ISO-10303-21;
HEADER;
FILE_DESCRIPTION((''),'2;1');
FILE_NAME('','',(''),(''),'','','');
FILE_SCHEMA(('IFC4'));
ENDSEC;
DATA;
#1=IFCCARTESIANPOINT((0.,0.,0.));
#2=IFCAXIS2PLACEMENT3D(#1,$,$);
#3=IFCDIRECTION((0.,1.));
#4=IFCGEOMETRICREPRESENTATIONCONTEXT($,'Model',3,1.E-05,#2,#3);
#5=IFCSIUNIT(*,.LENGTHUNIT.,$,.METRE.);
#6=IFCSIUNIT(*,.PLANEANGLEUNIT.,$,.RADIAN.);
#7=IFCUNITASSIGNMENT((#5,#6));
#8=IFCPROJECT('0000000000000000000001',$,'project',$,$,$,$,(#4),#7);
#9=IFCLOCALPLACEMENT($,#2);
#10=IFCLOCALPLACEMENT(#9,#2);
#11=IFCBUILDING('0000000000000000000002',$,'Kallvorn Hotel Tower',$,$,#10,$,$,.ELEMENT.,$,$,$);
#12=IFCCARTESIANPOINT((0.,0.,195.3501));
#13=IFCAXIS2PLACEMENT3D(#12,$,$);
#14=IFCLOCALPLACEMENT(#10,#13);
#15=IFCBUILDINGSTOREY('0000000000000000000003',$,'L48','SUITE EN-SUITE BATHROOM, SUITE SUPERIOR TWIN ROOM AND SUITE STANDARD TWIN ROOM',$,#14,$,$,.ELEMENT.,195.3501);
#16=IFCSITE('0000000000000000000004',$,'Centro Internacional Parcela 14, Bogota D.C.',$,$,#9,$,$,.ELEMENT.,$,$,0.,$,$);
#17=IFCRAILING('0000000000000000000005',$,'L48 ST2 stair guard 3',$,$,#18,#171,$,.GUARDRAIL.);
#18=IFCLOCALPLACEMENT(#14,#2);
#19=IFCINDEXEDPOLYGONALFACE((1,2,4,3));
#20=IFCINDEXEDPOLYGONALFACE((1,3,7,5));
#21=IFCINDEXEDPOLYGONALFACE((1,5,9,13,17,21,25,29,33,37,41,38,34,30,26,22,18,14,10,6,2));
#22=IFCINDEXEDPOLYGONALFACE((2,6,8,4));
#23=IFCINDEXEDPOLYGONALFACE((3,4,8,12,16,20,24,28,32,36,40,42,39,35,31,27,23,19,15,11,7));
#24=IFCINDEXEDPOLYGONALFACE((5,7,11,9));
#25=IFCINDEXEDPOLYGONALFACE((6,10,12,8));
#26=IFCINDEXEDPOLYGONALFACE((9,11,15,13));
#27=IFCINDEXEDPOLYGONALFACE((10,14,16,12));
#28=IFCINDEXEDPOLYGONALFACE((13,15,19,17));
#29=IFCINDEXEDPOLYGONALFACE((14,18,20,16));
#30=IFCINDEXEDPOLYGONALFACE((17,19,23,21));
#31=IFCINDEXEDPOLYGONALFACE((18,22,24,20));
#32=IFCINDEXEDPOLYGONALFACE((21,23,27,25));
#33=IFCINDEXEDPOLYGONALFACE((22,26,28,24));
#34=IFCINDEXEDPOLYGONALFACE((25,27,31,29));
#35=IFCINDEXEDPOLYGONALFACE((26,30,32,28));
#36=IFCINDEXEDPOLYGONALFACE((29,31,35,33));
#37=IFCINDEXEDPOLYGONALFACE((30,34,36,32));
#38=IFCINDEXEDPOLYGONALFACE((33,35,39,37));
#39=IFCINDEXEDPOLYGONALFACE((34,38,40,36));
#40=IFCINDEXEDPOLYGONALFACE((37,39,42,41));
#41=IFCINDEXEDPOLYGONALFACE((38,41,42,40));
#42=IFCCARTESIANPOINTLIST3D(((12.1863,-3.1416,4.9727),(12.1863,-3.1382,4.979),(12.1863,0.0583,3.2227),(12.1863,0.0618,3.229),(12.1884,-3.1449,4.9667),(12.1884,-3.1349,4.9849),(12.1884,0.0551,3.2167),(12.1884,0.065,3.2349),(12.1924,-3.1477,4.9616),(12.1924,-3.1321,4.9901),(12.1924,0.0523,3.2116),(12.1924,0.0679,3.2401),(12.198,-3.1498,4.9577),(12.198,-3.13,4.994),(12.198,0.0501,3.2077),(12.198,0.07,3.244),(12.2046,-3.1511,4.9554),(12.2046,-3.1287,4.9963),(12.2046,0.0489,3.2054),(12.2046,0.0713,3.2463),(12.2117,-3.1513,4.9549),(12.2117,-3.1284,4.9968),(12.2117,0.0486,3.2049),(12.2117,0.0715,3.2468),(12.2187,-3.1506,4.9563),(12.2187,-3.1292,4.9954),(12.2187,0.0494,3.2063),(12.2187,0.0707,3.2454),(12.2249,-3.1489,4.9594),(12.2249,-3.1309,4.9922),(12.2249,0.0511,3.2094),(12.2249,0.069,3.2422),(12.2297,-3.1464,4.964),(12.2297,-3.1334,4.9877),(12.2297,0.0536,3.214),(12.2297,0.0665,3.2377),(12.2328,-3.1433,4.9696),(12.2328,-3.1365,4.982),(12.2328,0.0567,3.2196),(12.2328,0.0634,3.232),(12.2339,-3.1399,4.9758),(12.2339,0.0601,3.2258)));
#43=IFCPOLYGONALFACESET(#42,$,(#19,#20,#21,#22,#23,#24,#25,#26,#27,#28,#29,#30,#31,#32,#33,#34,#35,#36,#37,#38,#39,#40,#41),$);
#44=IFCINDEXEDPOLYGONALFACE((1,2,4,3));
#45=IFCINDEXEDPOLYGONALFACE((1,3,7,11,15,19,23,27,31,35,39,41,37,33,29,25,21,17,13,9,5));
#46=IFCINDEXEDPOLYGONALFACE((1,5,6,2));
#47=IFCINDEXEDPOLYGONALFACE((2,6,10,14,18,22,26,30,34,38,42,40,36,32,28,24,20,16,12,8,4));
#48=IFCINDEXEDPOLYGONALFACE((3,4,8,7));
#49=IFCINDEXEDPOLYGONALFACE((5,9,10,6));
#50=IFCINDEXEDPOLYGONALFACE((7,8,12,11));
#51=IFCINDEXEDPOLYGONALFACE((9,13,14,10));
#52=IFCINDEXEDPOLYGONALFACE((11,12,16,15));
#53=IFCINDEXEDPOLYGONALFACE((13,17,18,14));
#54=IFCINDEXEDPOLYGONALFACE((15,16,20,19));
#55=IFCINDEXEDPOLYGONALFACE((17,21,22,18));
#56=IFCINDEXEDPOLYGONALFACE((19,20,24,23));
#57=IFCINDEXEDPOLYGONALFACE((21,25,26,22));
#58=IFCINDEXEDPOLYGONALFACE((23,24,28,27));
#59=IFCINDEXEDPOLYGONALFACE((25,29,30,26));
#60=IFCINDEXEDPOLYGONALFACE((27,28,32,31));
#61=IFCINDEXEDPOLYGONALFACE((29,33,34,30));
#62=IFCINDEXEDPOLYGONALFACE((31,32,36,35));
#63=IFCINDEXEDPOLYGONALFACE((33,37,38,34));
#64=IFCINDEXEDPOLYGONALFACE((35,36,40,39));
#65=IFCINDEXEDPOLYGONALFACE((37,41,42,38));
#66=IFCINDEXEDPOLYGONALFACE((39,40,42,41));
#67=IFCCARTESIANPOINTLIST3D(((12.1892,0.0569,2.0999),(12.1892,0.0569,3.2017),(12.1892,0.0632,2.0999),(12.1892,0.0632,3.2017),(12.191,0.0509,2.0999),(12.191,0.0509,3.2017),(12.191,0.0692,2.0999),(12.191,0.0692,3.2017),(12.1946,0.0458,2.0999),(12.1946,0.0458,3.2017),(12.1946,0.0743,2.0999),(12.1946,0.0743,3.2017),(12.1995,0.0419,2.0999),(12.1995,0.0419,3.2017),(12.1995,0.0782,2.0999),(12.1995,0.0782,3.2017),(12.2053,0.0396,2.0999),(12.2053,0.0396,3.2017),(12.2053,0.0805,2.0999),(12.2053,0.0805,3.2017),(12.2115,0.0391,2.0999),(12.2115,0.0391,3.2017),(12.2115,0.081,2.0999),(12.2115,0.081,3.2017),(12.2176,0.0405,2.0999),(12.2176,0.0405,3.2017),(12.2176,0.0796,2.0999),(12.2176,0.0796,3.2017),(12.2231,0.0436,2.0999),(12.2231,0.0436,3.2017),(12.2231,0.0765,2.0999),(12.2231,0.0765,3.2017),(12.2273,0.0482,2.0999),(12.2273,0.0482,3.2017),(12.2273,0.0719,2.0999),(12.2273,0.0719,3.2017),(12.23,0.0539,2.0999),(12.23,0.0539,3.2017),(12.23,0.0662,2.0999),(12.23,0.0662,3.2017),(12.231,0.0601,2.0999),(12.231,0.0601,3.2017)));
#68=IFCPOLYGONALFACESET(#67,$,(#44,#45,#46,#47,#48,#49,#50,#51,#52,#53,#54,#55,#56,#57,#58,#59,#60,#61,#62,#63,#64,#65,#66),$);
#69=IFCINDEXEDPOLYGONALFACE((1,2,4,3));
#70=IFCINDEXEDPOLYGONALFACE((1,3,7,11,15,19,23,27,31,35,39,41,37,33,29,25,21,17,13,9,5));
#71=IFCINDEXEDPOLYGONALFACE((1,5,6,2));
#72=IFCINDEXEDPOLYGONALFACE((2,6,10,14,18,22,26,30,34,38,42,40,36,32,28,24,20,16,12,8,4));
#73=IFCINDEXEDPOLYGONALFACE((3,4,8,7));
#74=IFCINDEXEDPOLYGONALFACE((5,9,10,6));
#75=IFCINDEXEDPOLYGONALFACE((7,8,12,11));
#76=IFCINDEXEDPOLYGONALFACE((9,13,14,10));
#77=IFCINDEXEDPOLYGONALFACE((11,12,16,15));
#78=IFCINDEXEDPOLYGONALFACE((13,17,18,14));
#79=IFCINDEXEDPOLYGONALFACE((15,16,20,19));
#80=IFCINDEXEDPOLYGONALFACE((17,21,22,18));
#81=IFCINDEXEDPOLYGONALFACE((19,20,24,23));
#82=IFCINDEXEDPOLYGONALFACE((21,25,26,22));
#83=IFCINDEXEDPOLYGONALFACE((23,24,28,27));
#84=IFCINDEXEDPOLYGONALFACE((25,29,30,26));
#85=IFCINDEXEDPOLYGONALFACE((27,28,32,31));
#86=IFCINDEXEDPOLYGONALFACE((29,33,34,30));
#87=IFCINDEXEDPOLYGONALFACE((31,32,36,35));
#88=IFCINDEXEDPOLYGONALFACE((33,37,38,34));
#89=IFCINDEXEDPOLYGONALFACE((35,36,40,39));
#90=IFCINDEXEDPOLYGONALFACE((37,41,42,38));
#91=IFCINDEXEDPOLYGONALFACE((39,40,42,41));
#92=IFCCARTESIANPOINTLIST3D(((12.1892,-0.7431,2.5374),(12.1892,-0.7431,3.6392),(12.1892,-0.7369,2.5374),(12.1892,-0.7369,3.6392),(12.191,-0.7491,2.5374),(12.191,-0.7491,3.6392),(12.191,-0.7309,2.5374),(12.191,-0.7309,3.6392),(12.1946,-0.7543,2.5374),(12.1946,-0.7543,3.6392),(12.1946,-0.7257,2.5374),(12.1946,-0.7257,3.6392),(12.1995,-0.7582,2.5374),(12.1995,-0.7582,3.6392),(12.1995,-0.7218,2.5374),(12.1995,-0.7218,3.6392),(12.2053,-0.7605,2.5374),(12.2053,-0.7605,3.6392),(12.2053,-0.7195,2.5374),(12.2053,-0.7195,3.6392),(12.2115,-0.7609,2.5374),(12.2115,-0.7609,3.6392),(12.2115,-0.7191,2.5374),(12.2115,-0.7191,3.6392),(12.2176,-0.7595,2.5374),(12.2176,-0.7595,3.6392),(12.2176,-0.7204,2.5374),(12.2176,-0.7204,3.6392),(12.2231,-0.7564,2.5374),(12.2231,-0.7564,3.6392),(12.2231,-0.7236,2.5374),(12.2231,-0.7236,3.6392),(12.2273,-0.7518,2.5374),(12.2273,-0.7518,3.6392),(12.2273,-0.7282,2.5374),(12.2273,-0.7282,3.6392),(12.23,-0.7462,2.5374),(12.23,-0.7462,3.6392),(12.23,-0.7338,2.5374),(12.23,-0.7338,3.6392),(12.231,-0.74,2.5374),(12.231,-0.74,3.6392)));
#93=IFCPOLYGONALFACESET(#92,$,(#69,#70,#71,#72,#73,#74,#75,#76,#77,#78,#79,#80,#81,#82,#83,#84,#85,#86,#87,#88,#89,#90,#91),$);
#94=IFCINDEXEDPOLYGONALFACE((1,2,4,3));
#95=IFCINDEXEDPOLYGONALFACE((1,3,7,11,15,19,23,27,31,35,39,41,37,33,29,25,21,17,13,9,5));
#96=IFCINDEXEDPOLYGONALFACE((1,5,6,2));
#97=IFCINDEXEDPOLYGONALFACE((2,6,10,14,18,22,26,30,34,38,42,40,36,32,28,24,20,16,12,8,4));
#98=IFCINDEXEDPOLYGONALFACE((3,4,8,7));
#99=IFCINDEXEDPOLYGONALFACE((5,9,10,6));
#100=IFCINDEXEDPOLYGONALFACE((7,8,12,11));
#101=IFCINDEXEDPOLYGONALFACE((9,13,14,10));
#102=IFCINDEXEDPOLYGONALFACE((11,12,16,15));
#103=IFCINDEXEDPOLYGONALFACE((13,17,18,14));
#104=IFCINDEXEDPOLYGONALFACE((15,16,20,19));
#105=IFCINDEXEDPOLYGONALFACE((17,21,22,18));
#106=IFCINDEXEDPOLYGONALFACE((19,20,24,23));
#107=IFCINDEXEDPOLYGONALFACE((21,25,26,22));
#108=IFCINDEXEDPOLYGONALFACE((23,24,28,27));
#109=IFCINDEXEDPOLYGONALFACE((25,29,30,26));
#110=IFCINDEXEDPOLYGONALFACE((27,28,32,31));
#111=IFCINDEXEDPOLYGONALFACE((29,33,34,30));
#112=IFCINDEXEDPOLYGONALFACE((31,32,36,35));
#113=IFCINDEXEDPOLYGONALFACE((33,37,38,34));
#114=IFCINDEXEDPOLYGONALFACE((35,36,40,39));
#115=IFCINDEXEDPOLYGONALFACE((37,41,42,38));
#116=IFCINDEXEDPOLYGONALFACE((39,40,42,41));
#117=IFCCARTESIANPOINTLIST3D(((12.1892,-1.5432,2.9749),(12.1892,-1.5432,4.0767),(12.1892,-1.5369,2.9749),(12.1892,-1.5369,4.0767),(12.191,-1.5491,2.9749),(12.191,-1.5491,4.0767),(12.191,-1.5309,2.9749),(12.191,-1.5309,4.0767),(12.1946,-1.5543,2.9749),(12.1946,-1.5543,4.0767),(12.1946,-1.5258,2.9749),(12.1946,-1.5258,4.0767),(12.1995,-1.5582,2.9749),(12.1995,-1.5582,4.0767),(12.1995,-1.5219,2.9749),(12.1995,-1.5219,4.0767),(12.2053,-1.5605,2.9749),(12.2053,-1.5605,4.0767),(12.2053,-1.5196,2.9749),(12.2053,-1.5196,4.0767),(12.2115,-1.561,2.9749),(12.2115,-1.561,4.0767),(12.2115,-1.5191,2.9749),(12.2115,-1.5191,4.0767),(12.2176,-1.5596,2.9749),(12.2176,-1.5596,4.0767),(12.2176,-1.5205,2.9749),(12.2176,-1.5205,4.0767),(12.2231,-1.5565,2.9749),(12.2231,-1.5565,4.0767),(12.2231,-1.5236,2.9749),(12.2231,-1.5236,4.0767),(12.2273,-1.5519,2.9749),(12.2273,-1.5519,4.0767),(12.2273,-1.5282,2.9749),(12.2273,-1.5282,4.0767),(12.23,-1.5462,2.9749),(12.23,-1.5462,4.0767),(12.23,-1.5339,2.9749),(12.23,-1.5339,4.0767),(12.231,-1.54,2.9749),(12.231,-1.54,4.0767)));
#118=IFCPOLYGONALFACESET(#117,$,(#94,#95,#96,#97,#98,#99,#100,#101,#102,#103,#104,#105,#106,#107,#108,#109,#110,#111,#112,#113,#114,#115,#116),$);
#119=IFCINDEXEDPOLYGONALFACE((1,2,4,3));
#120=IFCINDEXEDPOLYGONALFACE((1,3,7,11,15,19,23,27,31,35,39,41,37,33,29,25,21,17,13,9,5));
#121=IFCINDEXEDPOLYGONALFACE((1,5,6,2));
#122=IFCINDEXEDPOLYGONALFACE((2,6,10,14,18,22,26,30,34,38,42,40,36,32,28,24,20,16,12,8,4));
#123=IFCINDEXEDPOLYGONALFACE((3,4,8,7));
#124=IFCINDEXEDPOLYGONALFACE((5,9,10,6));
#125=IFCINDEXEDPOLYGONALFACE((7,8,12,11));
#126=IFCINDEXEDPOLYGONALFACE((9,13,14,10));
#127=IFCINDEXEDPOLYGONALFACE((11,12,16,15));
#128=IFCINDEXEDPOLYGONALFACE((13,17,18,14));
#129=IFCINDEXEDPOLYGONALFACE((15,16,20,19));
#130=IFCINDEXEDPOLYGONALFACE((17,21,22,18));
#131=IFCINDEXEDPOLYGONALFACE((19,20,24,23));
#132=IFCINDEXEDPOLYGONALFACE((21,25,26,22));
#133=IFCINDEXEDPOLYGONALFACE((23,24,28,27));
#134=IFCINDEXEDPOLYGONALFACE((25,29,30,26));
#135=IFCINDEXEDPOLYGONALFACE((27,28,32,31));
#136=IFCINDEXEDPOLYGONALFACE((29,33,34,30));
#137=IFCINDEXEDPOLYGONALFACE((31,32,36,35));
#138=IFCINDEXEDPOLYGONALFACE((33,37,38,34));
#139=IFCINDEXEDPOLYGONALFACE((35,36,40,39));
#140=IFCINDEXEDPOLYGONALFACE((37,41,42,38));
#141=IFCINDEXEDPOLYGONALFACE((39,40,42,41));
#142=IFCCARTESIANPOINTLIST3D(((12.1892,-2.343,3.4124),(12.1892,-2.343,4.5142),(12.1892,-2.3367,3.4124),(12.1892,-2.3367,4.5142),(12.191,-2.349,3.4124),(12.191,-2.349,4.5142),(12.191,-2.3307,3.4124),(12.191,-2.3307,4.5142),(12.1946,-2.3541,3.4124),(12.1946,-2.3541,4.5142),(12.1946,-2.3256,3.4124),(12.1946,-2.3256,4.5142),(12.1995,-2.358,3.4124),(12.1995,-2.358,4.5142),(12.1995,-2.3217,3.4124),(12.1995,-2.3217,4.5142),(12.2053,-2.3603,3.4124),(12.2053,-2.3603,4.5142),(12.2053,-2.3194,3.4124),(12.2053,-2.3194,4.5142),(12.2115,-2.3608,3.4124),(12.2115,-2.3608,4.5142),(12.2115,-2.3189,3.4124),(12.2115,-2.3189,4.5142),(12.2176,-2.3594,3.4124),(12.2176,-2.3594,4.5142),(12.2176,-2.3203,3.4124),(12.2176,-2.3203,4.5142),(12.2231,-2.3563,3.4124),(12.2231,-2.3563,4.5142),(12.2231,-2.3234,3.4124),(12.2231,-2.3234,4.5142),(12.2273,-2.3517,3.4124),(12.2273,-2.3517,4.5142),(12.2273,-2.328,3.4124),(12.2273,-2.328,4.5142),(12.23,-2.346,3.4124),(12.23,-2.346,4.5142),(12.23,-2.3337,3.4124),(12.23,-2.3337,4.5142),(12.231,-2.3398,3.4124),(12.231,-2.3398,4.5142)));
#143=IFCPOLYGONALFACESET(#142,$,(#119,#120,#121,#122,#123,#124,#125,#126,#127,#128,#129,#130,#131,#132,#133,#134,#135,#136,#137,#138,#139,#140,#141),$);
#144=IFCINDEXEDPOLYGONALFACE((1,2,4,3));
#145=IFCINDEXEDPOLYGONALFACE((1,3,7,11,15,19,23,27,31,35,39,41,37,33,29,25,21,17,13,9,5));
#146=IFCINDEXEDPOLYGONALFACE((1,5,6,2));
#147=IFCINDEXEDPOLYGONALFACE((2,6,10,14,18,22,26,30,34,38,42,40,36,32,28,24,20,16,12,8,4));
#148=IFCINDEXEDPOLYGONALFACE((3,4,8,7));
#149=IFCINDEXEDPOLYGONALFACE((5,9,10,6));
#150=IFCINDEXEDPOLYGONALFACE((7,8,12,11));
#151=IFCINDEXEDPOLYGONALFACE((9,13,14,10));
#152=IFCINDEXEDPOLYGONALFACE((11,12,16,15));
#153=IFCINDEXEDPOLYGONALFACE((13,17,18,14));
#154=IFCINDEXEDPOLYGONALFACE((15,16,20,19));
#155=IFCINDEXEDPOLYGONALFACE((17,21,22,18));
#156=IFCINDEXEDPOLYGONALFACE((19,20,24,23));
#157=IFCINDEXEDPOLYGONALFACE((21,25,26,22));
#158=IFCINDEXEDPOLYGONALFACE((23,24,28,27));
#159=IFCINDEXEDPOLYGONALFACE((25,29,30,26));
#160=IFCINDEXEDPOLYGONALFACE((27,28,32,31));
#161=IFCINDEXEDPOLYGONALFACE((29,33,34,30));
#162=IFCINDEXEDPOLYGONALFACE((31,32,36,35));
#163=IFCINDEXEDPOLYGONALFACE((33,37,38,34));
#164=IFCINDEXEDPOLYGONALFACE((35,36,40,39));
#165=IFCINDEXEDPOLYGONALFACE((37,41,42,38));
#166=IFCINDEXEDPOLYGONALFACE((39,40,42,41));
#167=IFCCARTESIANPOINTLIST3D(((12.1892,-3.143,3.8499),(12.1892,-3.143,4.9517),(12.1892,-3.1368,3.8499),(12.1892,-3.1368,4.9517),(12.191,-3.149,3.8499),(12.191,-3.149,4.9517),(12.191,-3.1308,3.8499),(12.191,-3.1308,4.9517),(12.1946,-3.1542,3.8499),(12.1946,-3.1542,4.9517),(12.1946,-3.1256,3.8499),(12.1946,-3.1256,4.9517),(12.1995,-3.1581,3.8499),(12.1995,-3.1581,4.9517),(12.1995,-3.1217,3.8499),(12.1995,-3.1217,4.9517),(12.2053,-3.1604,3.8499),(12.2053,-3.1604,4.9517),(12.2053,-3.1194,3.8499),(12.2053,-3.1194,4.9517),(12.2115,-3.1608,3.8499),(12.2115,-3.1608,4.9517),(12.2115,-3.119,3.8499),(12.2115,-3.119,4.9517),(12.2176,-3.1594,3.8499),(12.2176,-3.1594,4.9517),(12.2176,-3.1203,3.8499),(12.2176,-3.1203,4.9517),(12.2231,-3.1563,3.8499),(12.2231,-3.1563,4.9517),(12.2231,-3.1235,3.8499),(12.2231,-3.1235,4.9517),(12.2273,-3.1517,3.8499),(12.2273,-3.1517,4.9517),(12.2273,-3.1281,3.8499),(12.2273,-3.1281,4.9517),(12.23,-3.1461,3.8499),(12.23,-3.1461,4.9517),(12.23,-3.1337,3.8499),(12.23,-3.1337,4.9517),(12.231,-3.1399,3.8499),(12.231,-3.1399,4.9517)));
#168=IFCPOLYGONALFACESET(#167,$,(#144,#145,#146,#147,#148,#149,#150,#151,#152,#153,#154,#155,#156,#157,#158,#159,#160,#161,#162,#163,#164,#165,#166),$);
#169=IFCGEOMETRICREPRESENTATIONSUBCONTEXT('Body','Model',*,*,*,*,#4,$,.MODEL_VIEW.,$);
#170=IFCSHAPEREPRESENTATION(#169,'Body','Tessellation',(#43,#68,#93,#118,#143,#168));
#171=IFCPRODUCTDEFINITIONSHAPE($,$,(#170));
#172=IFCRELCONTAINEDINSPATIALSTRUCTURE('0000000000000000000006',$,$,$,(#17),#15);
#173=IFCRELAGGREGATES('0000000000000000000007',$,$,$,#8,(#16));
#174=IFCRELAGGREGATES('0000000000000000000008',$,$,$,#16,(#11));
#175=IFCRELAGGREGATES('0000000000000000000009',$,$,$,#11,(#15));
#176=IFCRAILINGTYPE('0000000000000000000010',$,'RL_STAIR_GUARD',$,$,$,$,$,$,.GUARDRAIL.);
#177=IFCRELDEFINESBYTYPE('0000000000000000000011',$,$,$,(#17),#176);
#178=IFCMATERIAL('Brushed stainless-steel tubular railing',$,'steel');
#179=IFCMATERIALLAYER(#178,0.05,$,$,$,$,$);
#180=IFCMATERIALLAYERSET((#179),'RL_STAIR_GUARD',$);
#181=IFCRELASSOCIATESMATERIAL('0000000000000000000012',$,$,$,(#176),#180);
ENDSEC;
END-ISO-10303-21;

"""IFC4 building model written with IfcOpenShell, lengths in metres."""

from ifc_helpers import new_model, si_unit, direction, frame, origin, origin_2d, place, context, subcontext, project, spatial, circle, extrude, material, layer, layer_set, type_object, element, save


model = new_model("IFC4")

# Units and contexts
model_context = context("Model", 3, precision=1e-05, world=origin(), true_north=direction((0.0, 1.0)))
body_context = subcontext(model_context, "Body", "Model", "MODEL_VIEW")
ifc_project = project(units=[si_unit("LENGTHUNIT", "METRE"), si_unit("PLANEANGLEUNIT", "RADIAN")], contexts=[model_context])

# Site, building, storey
site_placement = place(None, origin())
site = spatial("IfcSite", under=ifc_project, at=site_placement, Name="Centro Internacional Parcela 14, Bogota D.C.", CompositionType="ELEMENT", RefElevation=0.0)
building_placement = place(site_placement, origin())
building = spatial("IfcBuilding", under=site, at=building_placement, Name="Kallvorn Hotel Tower", CompositionType="ELEMENT")
storey_placement = place(building_placement, frame((0.0, 0.0, 195.3501)))
storey = spatial("IfcBuildingStorey", under=building, at=storey_placement, Name="L48", Description="SUITE EN-SUITE BATHROOM, SUITE SUPERIOR TWIN ROOM AND SUITE STANDARD TWIN ROOM", CompositionType="ELEMENT", Elevation=195.3501)

# Railing
ifc_material_1 = material(Name="Brushed stainless-steel tubular railing", Category="steel")
ifc_layer_1 = layer(ifc_material_1, 0.05)
ifc_layer_set_1 = layer_set([ifc_layer_1], Name="RL_STAIR_GUARD")
railing_type_1 = type_object("IfcRailingType", Name="RL_STAIR_GUARD", PredefinedType="GUARDRAIL", material=ifc_layer_set_1)
railing_1_placement = place(storey_placement, frame((12.21, 0.0601, 2.0999)))
element("IfcRailing", 1, at=railing_1_placement, inside=storey, type_object=railing_type_1, Name="L48 ST2 stair guard 3", PredefinedType="GUARDRAIL", context=body_context, shape_type="SweptSolid", body=[
    extrude(circle(Radius=0.0239, at=origin_2d()), frame((0.0, 0.0, 1.126), z_axis=(0.0, -0.877368, 0.479818), x_axis=(1.0, 0.0, 0.0)), (0.0, 0.0, 1.0), 3.6472),
    extrude(circle(Radius=0.021, at=origin_2d()), origin(), (0.0, 0.0, 1.0), 1.1018),
    extrude(circle(Radius=0.021, at=origin_2d()), frame((0.0, -0.8, 0.4375)), (0.0, 0.0, 1.0), 1.1018),
    extrude(circle(Radius=0.021, at=origin_2d()), frame((0.0, -1.6001, 0.875)), (0.0, 0.0, 1.0), 1.1018),
    extrude(circle(Radius=0.021, at=origin_2d()), frame((0.0, -2.3999, 1.3125)), (0.0, 0.0, 1.0), 1.1018),
    extrude(circle(Radius=0.021, at=origin_2d()), frame((0.0, -3.2, 1.75)), (0.0, 0.0, 1.0), 1.1018),
])

save(model, "model.ifc")
